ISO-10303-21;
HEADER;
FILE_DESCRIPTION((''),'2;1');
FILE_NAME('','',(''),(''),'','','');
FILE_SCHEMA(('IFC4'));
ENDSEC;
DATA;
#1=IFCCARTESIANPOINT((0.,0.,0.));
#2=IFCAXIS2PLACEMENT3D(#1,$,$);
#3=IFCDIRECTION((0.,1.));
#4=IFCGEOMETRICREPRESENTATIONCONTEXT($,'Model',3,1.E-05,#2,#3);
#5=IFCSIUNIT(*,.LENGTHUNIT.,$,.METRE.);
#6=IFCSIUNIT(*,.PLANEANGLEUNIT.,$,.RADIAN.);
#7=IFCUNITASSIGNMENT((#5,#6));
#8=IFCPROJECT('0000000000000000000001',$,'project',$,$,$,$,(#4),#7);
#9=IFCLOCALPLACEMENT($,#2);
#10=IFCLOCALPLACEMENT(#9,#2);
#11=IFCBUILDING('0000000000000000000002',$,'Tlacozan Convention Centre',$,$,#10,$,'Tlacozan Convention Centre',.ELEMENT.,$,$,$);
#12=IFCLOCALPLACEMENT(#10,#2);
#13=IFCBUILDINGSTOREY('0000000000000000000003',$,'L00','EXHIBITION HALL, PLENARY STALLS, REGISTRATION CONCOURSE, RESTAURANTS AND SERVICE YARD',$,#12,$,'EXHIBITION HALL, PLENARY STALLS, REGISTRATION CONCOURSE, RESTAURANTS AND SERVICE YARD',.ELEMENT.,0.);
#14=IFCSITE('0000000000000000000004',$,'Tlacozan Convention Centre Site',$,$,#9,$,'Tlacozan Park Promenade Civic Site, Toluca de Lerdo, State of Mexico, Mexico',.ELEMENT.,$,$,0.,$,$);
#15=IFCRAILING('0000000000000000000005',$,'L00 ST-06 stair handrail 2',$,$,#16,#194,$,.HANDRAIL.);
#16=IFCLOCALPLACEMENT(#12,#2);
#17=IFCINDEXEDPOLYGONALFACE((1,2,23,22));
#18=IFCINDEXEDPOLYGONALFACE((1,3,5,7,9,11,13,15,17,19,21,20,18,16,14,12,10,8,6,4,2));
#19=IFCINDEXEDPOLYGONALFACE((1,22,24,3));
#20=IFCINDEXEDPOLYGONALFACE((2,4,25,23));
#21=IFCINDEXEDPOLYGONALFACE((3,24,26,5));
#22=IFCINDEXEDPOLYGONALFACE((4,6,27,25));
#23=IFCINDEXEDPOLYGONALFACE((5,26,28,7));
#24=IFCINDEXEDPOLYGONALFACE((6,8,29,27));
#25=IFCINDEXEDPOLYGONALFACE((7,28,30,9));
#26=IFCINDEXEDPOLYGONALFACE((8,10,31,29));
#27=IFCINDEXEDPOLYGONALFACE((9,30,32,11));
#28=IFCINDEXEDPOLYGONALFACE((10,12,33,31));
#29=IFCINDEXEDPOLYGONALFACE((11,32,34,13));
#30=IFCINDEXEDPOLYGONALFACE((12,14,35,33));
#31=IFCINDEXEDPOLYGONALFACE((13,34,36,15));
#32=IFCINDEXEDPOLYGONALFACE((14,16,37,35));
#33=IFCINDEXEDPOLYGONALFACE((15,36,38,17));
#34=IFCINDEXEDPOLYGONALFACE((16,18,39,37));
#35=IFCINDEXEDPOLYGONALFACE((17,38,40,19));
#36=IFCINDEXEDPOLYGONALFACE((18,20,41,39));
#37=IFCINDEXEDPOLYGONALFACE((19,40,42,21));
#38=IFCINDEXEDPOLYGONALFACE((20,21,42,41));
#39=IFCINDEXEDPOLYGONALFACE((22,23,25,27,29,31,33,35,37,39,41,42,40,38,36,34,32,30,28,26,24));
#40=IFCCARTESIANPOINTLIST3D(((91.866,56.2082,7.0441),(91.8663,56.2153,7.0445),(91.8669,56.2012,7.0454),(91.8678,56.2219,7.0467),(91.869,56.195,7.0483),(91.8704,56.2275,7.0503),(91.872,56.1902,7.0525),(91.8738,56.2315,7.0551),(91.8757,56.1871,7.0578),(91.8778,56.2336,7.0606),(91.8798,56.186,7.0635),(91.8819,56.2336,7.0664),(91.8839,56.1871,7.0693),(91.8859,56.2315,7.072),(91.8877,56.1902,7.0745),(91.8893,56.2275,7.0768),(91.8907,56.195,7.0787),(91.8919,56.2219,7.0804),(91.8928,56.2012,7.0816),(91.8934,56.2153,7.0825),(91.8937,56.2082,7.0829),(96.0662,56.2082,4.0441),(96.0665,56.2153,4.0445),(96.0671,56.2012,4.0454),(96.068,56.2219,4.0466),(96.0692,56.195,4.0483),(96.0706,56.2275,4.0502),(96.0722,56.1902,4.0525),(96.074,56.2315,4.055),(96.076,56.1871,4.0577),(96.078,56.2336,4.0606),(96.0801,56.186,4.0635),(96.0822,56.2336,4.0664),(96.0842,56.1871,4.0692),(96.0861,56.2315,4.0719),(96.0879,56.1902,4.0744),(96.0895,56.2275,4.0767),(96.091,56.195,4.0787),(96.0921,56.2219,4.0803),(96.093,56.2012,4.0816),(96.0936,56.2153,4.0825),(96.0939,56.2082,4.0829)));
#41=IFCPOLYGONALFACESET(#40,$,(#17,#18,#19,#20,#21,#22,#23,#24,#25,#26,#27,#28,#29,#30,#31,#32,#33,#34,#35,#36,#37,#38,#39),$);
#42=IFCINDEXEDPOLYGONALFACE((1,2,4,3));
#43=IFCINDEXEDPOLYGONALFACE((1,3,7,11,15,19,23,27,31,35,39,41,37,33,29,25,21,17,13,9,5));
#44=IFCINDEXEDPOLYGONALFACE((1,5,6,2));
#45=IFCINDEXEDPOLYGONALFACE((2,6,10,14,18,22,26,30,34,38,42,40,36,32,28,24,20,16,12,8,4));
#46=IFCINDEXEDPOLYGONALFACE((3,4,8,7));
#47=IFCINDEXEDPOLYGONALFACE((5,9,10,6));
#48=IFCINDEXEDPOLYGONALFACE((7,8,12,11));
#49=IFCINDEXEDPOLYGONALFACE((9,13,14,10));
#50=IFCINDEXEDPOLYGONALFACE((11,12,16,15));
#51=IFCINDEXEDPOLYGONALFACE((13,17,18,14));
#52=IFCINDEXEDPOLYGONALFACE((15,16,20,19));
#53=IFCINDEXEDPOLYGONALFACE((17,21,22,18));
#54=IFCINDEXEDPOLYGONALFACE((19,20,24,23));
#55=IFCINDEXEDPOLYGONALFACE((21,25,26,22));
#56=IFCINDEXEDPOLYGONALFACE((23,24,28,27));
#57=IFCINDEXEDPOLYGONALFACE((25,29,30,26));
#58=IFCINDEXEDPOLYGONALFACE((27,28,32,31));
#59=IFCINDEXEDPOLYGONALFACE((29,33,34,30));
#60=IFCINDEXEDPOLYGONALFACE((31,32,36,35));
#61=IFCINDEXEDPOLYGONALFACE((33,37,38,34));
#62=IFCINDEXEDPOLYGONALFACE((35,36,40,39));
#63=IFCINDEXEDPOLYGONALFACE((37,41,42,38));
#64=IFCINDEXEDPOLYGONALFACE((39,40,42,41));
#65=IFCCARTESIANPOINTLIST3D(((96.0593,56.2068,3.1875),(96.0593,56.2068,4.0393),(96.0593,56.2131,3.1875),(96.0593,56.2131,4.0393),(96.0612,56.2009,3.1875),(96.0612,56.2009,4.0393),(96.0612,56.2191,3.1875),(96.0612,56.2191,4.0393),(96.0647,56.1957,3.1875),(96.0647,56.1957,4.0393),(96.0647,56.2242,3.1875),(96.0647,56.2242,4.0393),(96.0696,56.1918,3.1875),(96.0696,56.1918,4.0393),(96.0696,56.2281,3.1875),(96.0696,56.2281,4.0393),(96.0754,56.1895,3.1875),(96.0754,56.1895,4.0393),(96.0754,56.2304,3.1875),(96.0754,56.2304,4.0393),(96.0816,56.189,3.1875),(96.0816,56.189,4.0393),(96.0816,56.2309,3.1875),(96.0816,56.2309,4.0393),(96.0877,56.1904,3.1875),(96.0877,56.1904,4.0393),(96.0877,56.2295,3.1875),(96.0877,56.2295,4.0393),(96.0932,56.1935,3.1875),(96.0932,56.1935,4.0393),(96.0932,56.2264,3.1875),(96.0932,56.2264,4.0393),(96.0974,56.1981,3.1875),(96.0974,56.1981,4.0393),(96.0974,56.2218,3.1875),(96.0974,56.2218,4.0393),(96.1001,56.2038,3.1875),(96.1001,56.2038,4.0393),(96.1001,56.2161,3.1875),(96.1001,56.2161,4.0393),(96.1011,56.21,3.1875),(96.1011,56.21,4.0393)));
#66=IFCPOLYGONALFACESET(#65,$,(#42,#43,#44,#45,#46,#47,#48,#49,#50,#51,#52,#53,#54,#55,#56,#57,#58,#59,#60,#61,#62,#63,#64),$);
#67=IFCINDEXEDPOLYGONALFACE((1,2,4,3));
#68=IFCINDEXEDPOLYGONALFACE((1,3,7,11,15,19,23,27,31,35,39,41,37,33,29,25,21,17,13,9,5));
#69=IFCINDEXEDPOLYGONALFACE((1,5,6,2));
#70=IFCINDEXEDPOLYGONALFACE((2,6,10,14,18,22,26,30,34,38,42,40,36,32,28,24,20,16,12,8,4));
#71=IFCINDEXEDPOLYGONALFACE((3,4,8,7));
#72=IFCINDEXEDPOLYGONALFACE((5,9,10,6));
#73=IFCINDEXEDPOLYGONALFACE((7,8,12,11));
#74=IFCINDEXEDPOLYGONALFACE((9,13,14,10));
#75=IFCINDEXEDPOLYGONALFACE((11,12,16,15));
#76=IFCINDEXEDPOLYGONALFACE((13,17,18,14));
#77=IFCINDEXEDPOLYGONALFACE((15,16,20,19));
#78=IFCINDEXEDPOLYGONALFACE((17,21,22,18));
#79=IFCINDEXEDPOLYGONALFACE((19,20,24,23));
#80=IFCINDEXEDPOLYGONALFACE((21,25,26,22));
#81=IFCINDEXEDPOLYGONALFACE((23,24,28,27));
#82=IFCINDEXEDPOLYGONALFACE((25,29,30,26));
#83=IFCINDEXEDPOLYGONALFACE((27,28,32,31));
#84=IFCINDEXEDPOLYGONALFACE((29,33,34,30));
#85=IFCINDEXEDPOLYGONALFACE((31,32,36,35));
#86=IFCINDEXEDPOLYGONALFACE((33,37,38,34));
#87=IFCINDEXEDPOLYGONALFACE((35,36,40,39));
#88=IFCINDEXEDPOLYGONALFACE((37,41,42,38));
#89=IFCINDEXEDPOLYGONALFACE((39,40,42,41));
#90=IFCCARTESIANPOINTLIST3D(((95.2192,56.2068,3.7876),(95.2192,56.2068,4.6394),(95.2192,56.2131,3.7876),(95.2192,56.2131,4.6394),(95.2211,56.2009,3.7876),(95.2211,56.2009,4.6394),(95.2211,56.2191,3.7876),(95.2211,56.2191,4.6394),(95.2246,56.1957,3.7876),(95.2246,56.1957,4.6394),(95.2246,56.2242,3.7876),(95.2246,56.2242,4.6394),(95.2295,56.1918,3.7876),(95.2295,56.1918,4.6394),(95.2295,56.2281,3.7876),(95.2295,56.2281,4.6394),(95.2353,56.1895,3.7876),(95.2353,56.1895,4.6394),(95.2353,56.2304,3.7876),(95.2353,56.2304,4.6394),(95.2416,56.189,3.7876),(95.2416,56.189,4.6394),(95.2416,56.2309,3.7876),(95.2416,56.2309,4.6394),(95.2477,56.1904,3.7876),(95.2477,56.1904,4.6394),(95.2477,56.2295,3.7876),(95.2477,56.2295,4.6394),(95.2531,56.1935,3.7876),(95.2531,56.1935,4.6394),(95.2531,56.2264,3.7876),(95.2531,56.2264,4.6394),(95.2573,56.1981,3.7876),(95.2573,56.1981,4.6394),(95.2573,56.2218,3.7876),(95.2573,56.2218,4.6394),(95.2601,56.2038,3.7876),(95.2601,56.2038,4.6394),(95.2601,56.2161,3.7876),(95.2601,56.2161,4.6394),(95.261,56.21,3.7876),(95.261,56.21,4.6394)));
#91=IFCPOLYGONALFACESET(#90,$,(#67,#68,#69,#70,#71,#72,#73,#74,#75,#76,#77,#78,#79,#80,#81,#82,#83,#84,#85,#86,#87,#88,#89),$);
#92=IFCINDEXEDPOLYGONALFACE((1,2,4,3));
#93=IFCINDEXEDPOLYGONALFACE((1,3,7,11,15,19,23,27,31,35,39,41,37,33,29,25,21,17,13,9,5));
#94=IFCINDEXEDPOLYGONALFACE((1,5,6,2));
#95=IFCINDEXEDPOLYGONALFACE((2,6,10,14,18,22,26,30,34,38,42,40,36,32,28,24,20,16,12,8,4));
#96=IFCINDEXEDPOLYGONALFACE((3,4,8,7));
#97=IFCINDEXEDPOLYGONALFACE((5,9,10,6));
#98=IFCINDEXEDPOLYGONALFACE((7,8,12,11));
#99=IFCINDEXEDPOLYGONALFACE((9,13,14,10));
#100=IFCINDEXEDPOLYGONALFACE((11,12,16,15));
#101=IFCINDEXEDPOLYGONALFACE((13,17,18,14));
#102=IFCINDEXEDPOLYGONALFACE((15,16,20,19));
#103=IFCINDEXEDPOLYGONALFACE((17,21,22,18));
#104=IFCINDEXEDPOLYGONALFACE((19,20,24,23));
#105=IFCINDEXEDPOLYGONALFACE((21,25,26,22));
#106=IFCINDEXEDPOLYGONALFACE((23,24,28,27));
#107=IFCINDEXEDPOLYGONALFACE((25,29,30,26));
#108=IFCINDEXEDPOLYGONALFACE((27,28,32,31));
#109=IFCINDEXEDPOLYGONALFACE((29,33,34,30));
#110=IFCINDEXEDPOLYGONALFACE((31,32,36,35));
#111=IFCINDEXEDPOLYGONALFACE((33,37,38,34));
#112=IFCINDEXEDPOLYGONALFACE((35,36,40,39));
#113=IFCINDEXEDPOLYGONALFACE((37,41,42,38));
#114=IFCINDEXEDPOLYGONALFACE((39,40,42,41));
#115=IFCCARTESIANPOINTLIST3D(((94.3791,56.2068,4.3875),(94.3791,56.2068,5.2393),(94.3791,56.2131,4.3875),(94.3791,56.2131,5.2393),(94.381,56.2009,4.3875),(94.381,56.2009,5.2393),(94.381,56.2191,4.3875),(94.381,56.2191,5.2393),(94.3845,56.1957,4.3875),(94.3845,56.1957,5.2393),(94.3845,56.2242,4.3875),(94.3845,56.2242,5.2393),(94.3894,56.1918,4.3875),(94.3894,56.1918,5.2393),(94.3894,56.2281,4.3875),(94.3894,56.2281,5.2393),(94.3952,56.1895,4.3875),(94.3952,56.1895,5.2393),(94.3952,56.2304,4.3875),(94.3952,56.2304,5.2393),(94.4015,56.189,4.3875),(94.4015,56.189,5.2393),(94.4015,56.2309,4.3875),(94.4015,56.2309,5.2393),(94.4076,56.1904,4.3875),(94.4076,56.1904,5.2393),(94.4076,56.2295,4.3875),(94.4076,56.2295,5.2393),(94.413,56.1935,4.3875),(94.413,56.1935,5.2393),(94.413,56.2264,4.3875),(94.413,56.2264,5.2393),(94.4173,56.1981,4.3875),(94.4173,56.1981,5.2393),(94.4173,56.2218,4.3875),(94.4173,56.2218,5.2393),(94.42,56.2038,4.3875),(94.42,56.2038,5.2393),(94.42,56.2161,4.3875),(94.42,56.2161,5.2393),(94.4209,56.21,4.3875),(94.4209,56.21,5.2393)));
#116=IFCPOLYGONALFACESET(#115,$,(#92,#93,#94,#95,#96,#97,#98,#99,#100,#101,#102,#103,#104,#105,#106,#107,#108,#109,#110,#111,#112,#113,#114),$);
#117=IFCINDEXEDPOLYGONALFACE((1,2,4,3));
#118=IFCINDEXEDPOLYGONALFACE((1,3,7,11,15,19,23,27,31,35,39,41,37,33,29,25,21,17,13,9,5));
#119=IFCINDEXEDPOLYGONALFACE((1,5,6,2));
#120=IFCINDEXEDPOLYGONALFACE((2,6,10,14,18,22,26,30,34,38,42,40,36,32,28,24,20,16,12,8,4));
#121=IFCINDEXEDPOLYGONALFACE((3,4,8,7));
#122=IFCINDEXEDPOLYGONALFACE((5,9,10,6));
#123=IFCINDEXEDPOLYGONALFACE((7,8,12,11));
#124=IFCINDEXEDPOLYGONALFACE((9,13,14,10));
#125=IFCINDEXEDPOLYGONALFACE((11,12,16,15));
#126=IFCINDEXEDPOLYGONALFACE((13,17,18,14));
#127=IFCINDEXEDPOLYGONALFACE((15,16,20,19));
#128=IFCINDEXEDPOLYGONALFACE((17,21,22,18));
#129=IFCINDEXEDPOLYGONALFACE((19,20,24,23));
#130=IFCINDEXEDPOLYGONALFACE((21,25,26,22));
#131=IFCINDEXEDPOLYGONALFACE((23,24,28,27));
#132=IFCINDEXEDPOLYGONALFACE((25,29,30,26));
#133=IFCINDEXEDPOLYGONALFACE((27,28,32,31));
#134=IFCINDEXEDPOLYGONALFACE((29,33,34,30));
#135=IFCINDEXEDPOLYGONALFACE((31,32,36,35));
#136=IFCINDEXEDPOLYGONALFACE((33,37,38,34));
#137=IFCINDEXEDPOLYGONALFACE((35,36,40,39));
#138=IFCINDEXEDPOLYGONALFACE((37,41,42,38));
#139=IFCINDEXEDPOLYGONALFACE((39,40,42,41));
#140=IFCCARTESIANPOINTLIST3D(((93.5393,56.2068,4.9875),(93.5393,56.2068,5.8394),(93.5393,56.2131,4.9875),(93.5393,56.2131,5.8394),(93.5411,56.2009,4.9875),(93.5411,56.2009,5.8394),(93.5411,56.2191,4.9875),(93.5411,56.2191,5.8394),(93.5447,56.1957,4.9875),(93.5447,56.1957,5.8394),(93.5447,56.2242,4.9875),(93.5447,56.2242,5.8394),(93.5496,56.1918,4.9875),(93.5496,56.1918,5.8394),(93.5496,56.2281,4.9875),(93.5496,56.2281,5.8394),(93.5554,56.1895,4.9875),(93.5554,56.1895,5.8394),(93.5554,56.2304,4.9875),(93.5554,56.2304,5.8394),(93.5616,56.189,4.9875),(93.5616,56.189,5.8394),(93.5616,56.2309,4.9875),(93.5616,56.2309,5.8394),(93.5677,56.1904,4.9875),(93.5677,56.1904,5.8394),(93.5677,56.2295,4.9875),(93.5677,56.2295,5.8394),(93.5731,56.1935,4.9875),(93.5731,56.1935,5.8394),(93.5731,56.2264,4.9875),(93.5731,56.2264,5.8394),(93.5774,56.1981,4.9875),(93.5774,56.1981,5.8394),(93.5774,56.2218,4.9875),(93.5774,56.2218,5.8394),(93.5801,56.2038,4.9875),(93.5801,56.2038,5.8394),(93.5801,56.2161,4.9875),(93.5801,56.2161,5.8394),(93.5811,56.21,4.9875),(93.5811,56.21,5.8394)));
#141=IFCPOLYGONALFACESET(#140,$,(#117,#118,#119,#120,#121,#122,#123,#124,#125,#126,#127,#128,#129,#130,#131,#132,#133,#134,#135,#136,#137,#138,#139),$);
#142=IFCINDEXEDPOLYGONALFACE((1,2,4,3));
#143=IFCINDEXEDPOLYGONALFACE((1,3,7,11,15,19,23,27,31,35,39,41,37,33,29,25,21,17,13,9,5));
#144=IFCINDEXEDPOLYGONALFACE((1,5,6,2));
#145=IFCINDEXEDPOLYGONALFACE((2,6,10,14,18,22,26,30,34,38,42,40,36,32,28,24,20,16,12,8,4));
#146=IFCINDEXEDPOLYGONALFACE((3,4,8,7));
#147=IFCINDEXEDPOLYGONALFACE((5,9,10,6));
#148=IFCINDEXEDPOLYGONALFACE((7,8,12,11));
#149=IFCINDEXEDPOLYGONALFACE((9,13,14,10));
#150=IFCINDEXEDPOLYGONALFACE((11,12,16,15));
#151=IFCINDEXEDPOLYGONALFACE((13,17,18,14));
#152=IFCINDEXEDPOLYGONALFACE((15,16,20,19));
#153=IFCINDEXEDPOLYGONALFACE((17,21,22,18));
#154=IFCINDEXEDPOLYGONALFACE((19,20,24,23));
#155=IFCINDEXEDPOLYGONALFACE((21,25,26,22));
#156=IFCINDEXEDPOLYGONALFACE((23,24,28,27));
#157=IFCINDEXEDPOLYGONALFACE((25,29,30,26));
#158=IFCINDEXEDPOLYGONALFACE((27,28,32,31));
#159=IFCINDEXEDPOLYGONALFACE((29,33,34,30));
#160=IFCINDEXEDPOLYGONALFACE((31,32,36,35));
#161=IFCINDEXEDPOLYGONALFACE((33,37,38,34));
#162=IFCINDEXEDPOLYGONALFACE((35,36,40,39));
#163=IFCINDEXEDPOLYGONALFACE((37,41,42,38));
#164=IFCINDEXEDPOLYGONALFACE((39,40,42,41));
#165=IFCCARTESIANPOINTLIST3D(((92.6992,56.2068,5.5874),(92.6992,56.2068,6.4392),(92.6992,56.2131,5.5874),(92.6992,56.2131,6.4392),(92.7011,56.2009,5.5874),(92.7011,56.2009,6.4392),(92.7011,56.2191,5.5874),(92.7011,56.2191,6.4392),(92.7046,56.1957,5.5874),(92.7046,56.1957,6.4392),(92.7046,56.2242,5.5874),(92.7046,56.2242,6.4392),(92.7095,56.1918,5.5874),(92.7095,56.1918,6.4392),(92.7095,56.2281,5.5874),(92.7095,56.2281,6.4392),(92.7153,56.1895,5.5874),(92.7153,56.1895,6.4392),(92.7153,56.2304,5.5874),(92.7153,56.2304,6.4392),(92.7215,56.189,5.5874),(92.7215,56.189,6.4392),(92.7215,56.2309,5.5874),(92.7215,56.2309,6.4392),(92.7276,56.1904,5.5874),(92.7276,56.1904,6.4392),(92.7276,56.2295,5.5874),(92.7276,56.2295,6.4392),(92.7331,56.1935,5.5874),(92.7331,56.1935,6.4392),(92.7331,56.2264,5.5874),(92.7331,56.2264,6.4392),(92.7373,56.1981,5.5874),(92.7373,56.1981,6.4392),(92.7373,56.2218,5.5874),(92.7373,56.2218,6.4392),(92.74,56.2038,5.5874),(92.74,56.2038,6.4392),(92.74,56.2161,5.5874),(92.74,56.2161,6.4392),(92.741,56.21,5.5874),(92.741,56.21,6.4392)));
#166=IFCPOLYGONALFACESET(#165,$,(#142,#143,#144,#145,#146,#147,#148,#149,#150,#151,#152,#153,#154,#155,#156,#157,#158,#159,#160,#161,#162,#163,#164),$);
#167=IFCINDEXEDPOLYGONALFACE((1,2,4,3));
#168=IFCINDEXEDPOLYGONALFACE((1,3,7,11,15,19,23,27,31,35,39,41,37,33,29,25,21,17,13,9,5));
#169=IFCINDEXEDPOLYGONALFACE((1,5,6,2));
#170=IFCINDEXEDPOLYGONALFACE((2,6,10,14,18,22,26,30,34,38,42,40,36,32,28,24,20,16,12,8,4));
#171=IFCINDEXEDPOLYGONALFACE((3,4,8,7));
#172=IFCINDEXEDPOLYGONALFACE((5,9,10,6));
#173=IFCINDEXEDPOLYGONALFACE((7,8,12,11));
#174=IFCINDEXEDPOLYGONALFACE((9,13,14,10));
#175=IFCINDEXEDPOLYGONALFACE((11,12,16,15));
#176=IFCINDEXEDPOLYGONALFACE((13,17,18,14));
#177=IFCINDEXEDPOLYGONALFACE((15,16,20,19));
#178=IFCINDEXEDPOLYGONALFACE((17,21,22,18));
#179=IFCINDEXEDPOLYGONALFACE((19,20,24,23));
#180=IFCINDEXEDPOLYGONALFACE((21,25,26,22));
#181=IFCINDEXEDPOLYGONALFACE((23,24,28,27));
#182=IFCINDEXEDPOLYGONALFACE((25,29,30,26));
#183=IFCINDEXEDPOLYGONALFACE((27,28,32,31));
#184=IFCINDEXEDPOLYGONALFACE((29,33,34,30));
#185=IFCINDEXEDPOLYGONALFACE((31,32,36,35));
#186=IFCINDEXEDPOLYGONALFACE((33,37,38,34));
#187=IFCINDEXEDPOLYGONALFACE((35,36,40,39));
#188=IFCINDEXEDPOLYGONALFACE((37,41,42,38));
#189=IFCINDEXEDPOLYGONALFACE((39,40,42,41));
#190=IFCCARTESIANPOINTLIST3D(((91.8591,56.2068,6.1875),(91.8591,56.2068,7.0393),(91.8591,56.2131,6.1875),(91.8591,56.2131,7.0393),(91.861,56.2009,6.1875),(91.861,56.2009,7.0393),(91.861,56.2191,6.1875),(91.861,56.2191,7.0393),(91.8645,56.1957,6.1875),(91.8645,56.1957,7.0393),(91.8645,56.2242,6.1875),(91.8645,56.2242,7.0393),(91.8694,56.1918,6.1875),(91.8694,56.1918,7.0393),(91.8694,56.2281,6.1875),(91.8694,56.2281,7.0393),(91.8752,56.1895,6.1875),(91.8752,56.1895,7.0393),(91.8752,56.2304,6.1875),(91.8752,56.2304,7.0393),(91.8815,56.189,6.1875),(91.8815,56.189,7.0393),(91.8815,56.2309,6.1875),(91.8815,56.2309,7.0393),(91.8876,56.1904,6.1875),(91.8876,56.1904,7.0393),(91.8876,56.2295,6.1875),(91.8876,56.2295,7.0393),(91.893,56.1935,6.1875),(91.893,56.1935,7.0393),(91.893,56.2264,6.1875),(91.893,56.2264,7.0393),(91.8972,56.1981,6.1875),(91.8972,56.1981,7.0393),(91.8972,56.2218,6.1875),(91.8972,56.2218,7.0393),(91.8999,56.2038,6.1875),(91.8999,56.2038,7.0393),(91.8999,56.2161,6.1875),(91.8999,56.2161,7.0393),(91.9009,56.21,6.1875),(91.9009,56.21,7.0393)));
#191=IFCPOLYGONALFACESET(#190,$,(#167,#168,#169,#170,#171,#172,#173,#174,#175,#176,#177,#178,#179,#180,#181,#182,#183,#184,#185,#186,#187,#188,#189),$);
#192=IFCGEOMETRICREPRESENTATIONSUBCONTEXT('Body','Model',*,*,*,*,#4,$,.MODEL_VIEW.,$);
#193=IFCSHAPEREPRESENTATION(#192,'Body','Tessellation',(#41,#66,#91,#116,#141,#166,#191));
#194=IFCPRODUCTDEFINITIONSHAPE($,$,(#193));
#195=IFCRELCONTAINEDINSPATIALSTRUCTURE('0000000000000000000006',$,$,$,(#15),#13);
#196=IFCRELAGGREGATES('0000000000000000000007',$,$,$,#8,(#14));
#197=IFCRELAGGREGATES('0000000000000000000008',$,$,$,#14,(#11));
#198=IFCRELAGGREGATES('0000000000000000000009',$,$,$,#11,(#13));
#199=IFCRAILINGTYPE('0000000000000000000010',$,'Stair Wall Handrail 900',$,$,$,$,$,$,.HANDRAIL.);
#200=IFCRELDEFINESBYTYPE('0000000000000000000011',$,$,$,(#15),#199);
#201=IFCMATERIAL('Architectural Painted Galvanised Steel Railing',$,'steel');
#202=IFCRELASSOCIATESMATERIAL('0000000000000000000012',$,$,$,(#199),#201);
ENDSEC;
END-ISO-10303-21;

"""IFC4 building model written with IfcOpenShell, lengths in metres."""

from ifc_helpers import new_model, si_unit, direction, frame, origin, origin_2d, place, context, subcontext, project, spatial, circle, extrude, material, type_object, element, save


model = new_model("IFC4")

# Units and contexts
model_context = context("Model", 3, precision=1e-05, world=origin(), true_north=direction((0.0, 1.0)))
body_context = subcontext(model_context, "Body", "Model", "MODEL_VIEW")
ifc_project = project(units=[si_unit("LENGTHUNIT", "METRE"), si_unit("PLANEANGLEUNIT", "RADIAN")], contexts=[model_context])

# Site, building, storey
site_placement = place(None, origin())
site = spatial("IfcSite", under=ifc_project, at=site_placement, Name="Tlacozan Convention Centre Site", LongName="Tlacozan Park Promenade Civic Site, Toluca de Lerdo, State of Mexico, Mexico", CompositionType="ELEMENT", RefElevation=0.0)
building_placement = place(site_placement, origin())
building = spatial("IfcBuilding", under=site, at=building_placement, Name="Tlacozan Convention Centre", LongName="Tlacozan Convention Centre", CompositionType="ELEMENT")
storey_placement = place(building_placement, origin())
storey = spatial("IfcBuildingStorey", under=building, at=storey_placement, Name="L00", Description="EXHIBITION HALL, PLENARY STALLS, REGISTRATION CONCOURSE, RESTAURANTS AND SERVICE YARD", LongName="EXHIBITION HALL, PLENARY STALLS, REGISTRATION CONCOURSE, RESTAURANTS AND SERVICE YARD", CompositionType="ELEMENT", Elevation=0.0)

# Railing
ifc_material_1 = material(Name="Architectural Painted Galvanised Steel Railing", Category="steel")
railing_type_1 = type_object("IfcRailingType", Name="Stair Wall Handrail 900", PredefinedType="HANDRAIL", material=ifc_material_1)
railing_1_placement = place(storey_placement, frame((96.0801, 56.21, 3.1875)))
element("IfcRailing", 1, at=railing_1_placement, inside=storey, type_object=railing_type_1, Name="L00 ST-06 stair handrail 2", PredefinedType="HANDRAIL", context=body_context, shape_type="SweptSolid", body=[
    extrude(circle(Radius=0.0239, at=origin_2d()), frame((0.0, 0.0, 0.876), z_axis=(-0.813746, 0.0, 0.58122), x_axis=(0.0, -1.0, 0.0)), (0.0, 0.0, 1.0), 5.1616),
    extrude(circle(Radius=0.021, at=origin_2d()), origin(), (0.0, 0.0, 1.0), 0.8518),
    extrude(circle(Radius=0.021, at=origin_2d()), frame((-0.8401, 0.0, 0.6001)), (0.0, 0.0, 1.0), 0.8518),
    extrude(circle(Radius=0.021, at=origin_2d()), frame((-1.6802, 0.0, 1.2)), (0.0, 0.0, 1.0), 0.8518),
    extrude(circle(Radius=0.021, at=origin_2d()), frame((-2.52, 0.0, 1.8)), (0.0, 0.0, 1.0), 0.8518),
    extrude(circle(Radius=0.021, at=origin_2d()), frame((-3.3601, 0.0, 2.3999)), (0.0, 0.0, 1.0), 0.8518),
    extrude(circle(Radius=0.021, at=origin_2d()), frame((-4.2002, 0.0, 3.0)), (0.0, 0.0, 1.0), 0.8518),
])

save(model, "model.ifc")
